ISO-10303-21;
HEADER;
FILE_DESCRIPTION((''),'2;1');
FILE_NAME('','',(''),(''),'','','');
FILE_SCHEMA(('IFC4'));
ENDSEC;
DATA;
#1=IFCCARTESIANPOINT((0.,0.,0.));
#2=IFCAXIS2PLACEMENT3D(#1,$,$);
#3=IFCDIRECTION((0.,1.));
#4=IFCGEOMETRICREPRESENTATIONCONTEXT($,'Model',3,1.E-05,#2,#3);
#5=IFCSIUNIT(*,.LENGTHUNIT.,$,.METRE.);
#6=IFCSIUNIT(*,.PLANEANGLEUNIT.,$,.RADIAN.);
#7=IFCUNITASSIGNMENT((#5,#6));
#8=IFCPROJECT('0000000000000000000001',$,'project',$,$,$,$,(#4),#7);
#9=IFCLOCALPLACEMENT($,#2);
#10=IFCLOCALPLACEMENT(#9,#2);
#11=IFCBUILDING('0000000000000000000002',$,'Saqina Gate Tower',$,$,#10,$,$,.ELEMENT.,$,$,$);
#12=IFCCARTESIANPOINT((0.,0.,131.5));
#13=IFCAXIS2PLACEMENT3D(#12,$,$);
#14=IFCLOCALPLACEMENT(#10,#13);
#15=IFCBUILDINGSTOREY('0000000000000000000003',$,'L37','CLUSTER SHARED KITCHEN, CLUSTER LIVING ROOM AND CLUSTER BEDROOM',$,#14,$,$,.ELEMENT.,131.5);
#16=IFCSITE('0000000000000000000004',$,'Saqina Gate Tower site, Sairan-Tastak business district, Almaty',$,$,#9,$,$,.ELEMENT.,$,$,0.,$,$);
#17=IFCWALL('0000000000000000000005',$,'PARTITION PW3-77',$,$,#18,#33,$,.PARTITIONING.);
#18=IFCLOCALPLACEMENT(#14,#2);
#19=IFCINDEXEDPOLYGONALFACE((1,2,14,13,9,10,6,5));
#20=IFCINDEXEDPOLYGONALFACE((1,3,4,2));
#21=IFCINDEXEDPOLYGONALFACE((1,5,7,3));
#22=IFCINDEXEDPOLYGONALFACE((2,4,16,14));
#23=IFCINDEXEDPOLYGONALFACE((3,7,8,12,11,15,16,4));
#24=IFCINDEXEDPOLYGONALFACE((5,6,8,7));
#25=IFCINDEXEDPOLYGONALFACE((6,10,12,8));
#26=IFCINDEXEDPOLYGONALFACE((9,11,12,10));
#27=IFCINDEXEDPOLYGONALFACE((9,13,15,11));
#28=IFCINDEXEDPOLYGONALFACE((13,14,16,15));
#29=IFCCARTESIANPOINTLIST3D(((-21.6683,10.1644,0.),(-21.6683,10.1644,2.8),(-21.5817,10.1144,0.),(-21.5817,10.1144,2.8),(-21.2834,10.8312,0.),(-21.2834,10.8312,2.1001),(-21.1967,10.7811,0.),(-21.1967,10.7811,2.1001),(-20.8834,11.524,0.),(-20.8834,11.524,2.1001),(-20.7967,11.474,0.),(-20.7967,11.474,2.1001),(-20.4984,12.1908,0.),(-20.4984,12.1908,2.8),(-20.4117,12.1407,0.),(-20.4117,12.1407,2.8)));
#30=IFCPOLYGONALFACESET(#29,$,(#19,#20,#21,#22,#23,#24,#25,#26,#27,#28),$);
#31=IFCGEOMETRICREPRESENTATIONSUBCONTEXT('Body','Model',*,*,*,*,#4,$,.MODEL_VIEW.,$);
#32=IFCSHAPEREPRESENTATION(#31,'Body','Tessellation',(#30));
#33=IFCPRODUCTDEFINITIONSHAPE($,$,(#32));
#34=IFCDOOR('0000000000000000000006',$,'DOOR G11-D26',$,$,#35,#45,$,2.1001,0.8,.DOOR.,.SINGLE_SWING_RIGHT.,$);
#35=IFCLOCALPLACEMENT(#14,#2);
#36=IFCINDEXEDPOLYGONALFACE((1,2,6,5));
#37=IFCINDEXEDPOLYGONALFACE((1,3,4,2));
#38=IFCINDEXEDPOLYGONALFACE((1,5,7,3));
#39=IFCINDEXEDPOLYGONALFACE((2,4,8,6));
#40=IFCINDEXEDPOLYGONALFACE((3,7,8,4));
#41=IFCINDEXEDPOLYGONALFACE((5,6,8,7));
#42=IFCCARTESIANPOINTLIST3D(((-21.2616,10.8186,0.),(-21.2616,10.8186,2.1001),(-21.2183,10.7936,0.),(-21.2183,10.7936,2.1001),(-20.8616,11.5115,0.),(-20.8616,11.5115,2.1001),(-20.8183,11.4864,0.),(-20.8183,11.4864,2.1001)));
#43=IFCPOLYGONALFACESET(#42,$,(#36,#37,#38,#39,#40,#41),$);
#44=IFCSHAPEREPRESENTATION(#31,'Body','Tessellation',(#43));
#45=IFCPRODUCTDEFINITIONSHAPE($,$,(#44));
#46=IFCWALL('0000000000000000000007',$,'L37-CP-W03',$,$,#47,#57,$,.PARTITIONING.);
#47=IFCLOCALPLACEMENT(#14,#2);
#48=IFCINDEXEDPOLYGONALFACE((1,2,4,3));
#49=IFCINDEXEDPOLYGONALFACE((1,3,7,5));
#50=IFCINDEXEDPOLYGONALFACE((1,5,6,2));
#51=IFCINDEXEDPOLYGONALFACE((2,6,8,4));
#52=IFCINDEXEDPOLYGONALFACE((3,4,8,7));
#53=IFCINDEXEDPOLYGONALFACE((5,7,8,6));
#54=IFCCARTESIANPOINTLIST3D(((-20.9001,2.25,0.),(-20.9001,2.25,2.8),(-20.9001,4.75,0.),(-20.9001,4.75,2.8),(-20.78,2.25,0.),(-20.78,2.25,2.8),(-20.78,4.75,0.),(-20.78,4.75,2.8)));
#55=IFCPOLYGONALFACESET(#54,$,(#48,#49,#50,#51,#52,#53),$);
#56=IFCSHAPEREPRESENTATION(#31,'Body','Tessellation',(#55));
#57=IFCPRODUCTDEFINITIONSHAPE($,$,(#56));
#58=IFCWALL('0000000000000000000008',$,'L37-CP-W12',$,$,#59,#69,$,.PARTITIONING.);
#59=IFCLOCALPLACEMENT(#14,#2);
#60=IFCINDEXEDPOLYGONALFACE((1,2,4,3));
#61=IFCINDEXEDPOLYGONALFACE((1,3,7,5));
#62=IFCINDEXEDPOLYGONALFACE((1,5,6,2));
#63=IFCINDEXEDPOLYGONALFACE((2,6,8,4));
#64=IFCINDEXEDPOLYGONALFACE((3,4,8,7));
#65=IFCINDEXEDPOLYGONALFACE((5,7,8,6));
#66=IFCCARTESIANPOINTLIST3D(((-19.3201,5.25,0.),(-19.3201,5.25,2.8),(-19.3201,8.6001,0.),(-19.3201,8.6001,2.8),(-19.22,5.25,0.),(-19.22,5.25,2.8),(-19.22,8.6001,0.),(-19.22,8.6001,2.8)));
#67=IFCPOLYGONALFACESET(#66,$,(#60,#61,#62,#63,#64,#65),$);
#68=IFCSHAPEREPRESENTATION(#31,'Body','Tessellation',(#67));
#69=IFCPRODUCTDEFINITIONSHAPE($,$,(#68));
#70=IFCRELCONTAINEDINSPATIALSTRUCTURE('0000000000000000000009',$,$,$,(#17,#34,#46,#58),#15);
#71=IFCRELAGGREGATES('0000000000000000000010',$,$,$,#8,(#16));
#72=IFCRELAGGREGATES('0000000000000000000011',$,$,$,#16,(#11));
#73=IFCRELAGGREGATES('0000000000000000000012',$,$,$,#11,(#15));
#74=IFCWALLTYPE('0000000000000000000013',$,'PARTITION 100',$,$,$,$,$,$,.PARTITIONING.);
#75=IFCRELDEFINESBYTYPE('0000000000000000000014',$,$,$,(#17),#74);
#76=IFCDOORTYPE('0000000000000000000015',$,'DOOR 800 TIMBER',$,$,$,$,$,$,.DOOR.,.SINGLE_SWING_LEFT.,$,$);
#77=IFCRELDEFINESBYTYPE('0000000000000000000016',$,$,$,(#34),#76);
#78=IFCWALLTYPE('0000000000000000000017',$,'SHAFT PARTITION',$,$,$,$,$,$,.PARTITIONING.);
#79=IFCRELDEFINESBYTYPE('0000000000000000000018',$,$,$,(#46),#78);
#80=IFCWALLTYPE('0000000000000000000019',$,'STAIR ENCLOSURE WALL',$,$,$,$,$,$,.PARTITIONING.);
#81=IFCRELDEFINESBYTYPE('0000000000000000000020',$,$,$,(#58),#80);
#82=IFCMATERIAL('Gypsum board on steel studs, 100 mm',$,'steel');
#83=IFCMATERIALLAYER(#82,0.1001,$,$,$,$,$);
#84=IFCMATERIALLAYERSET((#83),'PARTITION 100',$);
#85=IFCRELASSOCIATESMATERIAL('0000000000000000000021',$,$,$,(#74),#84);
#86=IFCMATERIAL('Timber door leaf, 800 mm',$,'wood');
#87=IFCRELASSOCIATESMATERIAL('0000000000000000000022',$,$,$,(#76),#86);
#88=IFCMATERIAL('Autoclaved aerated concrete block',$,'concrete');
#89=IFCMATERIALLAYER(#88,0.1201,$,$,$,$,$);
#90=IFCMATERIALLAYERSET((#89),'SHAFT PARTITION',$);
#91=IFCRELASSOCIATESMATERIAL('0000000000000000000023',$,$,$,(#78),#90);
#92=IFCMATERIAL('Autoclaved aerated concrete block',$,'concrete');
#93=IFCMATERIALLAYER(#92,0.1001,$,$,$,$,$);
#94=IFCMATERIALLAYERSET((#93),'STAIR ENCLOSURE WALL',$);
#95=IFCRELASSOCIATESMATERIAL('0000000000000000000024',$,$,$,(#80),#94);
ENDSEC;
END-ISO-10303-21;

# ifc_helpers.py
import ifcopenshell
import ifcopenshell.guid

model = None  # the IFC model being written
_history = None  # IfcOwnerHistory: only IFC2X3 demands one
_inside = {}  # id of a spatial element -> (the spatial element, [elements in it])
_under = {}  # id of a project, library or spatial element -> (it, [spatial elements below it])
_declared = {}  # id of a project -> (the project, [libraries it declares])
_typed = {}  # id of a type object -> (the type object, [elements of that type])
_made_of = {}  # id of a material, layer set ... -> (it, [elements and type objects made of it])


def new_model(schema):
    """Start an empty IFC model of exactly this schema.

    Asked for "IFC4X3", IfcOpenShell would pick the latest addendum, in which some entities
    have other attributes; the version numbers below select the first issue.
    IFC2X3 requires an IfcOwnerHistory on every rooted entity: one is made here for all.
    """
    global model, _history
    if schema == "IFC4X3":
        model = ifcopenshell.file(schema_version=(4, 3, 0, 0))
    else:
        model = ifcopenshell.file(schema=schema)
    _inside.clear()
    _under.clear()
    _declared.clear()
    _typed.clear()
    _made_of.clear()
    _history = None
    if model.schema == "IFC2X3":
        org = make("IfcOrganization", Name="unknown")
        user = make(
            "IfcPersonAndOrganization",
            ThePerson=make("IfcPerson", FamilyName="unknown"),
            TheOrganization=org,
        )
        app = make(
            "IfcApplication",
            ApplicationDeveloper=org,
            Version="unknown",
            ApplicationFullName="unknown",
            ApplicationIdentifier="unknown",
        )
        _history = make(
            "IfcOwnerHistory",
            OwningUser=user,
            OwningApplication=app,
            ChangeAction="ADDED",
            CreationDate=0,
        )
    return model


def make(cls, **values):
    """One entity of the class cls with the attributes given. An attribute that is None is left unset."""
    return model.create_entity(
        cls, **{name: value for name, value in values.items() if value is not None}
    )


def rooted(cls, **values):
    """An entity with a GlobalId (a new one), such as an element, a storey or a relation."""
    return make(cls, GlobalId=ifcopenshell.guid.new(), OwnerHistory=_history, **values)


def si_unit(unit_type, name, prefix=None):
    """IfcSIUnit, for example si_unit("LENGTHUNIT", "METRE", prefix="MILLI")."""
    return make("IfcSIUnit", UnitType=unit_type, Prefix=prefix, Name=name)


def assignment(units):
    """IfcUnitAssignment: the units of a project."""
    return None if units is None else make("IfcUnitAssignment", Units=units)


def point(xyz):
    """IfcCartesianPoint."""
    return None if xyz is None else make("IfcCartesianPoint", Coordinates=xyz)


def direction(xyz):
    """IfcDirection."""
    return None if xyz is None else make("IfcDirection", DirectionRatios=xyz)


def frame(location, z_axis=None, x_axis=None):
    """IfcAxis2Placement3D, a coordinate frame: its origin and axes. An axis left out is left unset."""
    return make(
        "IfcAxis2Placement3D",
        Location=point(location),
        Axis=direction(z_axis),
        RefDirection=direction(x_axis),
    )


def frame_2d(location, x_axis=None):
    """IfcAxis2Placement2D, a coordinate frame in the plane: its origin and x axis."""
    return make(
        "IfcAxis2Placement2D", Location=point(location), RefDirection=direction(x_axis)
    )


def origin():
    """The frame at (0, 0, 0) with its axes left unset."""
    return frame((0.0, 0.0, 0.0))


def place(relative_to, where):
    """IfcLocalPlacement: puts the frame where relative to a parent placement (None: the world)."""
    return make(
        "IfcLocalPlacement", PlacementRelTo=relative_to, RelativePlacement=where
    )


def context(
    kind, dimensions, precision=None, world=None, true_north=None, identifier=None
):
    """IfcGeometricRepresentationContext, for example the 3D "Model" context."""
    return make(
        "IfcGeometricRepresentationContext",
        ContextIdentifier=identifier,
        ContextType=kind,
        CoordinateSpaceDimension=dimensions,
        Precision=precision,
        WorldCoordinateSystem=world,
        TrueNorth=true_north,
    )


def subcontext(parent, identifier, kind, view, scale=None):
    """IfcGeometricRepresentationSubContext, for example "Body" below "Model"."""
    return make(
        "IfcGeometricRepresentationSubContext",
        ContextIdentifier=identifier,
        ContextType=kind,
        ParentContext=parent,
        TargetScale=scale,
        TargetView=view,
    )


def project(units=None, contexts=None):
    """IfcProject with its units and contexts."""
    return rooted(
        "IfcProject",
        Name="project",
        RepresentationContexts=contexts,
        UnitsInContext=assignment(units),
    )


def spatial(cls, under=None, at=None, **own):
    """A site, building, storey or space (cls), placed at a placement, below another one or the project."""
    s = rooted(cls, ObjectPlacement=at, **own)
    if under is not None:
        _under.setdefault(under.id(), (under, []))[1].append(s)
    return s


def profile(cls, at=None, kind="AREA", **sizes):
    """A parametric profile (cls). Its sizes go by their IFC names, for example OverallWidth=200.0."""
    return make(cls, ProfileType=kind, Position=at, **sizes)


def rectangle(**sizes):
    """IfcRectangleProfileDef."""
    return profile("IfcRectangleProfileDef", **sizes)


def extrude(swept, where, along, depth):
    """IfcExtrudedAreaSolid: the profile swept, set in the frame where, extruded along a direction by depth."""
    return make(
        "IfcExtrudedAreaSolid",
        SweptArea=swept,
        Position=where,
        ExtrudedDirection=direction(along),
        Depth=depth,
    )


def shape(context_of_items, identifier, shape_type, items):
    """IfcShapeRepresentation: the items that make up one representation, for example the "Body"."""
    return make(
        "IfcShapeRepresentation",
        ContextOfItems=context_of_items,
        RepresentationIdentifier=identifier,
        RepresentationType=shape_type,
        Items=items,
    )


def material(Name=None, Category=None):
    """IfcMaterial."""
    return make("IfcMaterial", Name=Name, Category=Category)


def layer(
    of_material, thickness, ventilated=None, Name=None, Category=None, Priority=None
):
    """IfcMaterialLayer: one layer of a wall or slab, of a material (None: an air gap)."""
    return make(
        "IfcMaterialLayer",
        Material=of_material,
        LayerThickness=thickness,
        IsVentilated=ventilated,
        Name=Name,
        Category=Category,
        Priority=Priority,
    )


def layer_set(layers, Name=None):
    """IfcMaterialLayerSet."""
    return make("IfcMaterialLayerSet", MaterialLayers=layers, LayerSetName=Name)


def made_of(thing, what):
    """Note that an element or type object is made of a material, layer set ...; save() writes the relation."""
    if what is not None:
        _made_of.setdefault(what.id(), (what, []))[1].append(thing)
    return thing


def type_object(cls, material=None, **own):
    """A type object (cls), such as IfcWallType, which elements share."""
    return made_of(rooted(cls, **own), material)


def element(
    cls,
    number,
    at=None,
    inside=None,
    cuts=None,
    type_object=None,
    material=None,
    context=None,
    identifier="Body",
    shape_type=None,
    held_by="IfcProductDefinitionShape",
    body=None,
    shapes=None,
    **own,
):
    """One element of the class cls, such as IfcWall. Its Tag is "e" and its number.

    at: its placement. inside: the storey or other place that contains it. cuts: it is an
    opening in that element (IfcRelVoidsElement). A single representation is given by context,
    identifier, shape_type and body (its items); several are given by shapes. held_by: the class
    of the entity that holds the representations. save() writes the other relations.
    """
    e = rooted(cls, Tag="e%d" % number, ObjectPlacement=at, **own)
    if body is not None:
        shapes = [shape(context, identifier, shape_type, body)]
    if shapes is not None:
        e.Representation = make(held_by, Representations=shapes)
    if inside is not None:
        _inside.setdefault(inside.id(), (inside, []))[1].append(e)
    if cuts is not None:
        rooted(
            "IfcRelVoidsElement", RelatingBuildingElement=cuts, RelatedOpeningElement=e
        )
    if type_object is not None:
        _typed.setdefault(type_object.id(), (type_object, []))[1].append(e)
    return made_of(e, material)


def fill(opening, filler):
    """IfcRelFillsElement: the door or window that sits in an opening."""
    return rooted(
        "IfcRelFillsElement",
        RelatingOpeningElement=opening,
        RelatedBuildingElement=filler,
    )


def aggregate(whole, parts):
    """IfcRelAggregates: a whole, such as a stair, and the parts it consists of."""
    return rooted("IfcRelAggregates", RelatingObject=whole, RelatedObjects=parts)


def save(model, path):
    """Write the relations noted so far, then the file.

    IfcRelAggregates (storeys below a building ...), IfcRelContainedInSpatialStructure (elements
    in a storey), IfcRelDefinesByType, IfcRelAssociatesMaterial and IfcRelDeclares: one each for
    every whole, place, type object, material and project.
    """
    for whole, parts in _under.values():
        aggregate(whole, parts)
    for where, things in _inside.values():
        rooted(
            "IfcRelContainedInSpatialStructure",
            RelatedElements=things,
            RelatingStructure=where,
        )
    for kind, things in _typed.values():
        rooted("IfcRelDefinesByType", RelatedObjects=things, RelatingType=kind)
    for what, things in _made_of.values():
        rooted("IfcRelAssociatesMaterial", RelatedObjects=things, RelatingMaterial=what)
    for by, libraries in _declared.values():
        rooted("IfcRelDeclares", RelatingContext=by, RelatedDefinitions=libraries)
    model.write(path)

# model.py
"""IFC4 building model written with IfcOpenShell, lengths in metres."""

from ifc_helpers import new_model, si_unit, direction, frame, frame_2d, origin, place, context, subcontext, project, spatial, rectangle, extrude, material, layer, layer_set, type_object, element, fill, save


model = new_model("IFC4")

# Units and contexts
model_context = context("Model", 3, precision=1e-05, world=origin(), true_north=direction((0.0, 1.0)))
body_context = subcontext(model_context, "Body", "Model", "MODEL_VIEW")
ifc_project = project(units=[si_unit("LENGTHUNIT", "METRE"), si_unit("PLANEANGLEUNIT", "RADIAN")], contexts=[model_context])

# Site, building, storey
site_placement = place(None, origin())
site = spatial("IfcSite", under=ifc_project, at=site_placement, Name="Saqina Gate Tower site, Sairan-Tastak business district, Almaty", CompositionType="ELEMENT", RefElevation=0.0)
building_placement = place(site_placement, origin())
building = spatial("IfcBuilding", under=site, at=building_placement, Name="Saqina Gate Tower", CompositionType="ELEMENT")
storey_placement = place(building_placement, frame((0.0, 0.0, 131.5)))
storey = spatial("IfcBuildingStorey", under=building, at=storey_placement, Name="L37", Description="CLUSTER SHARED KITCHEN, CLUSTER LIVING ROOM AND CLUSTER BEDROOM", CompositionType="ELEMENT", Elevation=131.5)

# Shared definitions
ifc_material_1 = material(Name="Gypsum board on steel studs, 100 mm", Category="steel")
ifc_layer_1 = layer(ifc_material_1, 0.1001)
ifc_layer_set_1 = layer_set([ifc_layer_1], Name="PARTITION 100")
wall_type_1 = type_object("IfcWallType", Name="PARTITION 100", PredefinedType="PARTITIONING", material=ifc_layer_set_1)

# Wall, opening, door
wall_1_placement = place(storey_placement, frame((-21.625, 10.1394, 0.0), z_axis=(0.0, 0.0, 1.0), x_axis=(0.499999, 0.866026, 0.0)))
wall_1 = element("IfcWall", 1, at=wall_1_placement, inside=storey, type_object=wall_type_1, Name="PARTITION PW3-77", PredefinedType="PARTITIONING", context=body_context, shape_type="SweptSolid", body=[
    extrude(rectangle(XDim=2.3398, YDim=0.1001, at=frame_2d((1.1699, 0.0))), origin(), (0.0, 0.0, 1.0), 2.8),
])
opening_1_placement = place(wall_1_placement, frame((0.77, 0.0, 0.0)))
opening_1 = element("IfcOpeningElement", 2, at=opening_1_placement, cuts=wall_1, PredefinedType="OPENING", context=body_context, shape_type="SweptSolid", body=[
    extrude(rectangle(XDim=0.8, YDim=2.1001, at=frame_2d((0.3999, 1.05))), frame((0.0, 0.062, 0.0), z_axis=(0.0, -1.0, 0.0), x_axis=(1.0, 0.0, 0.0)), (0.0, 0.0, 1.0), 0.124),
])
ifc_material_2 = material(Name="Timber door leaf, 800 mm", Category="wood")
door_type_1 = type_object("IfcDoorType", Name="DOOR 800 TIMBER", OperationType="SINGLE_SWING_LEFT", PredefinedType="DOOR", material=ifc_material_2)
door_1_placement = place(opening_1_placement, origin())
door_1 = element("IfcDoor", 3, at=door_1_placement, inside=storey, type_object=door_type_1, Name="DOOR G11-D26", OperationType="SINGLE_SWING_RIGHT", OverallHeight=2.1001, OverallWidth=0.8, PredefinedType="DOOR", context=body_context, shape_type="SweptSolid", body=[
    extrude(rectangle(XDim=0.8, YDim=2.1001, at=frame_2d((0.3999, 1.05))), frame((0.0, 0.0249, 0.0), z_axis=(0.0, -1.0, 0.0), x_axis=(1.0, 0.0, 0.0)), (0.0, 0.0, 1.0), 0.05),
])
fill(opening_1, door_1)

# Walls
ifc_material_3 = material(Name="Autoclaved aerated concrete block", Category="concrete")
ifc_layer_2 = layer(ifc_material_3, 0.1201)
ifc_layer_set_2 = layer_set([ifc_layer_2], Name="SHAFT PARTITION")
wall_type_2 = type_object("IfcWallType", Name="SHAFT PARTITION", PredefinedType="PARTITIONING", material=ifc_layer_set_2)
wall_2_placement = place(storey_placement, frame((-20.8401, 2.25, 0.0), z_axis=(0.0, 0.0, 1.0), x_axis=(0.0, 1.0, 0.0)))
element("IfcWall", 4, at=wall_2_placement, inside=storey, type_object=wall_type_2, Name="L37-CP-W03", PredefinedType="PARTITIONING", context=body_context, shape_type="SweptSolid", body=[
    extrude(rectangle(XDim=2.5, YDim=0.1201, at=frame_2d((1.25, 0.0))), origin(), (0.0, 0.0, 1.0), 2.8),
])
ifc_material_4 = material(Name="Autoclaved aerated concrete block", Category="concrete")
ifc_layer_3 = layer(ifc_material_4, 0.1001)
ifc_layer_set_3 = layer_set([ifc_layer_3], Name="STAIR ENCLOSURE WALL")
wall_type_3 = type_object("IfcWallType", Name="STAIR ENCLOSURE WALL", PredefinedType="PARTITIONING", material=ifc_layer_set_3)
wall_3_placement = place(storey_placement, frame((-19.27, 5.25, 0.0), z_axis=(0.0, 0.0, 1.0), x_axis=(0.0, 1.0, 0.0)))
element("IfcWall", 5, at=wall_3_placement, inside=storey, type_object=wall_type_3, Name="L37-CP-W12", PredefinedType="PARTITIONING", context=body_context, shape_type="SweptSolid", body=[
    extrude(rectangle(XDim=3.3501, YDim=0.1001, at=frame_2d((1.675, 0.0))), origin(), (0.0, 0.0, 1.0), 2.8),
])

save(model, "model.ifc")
